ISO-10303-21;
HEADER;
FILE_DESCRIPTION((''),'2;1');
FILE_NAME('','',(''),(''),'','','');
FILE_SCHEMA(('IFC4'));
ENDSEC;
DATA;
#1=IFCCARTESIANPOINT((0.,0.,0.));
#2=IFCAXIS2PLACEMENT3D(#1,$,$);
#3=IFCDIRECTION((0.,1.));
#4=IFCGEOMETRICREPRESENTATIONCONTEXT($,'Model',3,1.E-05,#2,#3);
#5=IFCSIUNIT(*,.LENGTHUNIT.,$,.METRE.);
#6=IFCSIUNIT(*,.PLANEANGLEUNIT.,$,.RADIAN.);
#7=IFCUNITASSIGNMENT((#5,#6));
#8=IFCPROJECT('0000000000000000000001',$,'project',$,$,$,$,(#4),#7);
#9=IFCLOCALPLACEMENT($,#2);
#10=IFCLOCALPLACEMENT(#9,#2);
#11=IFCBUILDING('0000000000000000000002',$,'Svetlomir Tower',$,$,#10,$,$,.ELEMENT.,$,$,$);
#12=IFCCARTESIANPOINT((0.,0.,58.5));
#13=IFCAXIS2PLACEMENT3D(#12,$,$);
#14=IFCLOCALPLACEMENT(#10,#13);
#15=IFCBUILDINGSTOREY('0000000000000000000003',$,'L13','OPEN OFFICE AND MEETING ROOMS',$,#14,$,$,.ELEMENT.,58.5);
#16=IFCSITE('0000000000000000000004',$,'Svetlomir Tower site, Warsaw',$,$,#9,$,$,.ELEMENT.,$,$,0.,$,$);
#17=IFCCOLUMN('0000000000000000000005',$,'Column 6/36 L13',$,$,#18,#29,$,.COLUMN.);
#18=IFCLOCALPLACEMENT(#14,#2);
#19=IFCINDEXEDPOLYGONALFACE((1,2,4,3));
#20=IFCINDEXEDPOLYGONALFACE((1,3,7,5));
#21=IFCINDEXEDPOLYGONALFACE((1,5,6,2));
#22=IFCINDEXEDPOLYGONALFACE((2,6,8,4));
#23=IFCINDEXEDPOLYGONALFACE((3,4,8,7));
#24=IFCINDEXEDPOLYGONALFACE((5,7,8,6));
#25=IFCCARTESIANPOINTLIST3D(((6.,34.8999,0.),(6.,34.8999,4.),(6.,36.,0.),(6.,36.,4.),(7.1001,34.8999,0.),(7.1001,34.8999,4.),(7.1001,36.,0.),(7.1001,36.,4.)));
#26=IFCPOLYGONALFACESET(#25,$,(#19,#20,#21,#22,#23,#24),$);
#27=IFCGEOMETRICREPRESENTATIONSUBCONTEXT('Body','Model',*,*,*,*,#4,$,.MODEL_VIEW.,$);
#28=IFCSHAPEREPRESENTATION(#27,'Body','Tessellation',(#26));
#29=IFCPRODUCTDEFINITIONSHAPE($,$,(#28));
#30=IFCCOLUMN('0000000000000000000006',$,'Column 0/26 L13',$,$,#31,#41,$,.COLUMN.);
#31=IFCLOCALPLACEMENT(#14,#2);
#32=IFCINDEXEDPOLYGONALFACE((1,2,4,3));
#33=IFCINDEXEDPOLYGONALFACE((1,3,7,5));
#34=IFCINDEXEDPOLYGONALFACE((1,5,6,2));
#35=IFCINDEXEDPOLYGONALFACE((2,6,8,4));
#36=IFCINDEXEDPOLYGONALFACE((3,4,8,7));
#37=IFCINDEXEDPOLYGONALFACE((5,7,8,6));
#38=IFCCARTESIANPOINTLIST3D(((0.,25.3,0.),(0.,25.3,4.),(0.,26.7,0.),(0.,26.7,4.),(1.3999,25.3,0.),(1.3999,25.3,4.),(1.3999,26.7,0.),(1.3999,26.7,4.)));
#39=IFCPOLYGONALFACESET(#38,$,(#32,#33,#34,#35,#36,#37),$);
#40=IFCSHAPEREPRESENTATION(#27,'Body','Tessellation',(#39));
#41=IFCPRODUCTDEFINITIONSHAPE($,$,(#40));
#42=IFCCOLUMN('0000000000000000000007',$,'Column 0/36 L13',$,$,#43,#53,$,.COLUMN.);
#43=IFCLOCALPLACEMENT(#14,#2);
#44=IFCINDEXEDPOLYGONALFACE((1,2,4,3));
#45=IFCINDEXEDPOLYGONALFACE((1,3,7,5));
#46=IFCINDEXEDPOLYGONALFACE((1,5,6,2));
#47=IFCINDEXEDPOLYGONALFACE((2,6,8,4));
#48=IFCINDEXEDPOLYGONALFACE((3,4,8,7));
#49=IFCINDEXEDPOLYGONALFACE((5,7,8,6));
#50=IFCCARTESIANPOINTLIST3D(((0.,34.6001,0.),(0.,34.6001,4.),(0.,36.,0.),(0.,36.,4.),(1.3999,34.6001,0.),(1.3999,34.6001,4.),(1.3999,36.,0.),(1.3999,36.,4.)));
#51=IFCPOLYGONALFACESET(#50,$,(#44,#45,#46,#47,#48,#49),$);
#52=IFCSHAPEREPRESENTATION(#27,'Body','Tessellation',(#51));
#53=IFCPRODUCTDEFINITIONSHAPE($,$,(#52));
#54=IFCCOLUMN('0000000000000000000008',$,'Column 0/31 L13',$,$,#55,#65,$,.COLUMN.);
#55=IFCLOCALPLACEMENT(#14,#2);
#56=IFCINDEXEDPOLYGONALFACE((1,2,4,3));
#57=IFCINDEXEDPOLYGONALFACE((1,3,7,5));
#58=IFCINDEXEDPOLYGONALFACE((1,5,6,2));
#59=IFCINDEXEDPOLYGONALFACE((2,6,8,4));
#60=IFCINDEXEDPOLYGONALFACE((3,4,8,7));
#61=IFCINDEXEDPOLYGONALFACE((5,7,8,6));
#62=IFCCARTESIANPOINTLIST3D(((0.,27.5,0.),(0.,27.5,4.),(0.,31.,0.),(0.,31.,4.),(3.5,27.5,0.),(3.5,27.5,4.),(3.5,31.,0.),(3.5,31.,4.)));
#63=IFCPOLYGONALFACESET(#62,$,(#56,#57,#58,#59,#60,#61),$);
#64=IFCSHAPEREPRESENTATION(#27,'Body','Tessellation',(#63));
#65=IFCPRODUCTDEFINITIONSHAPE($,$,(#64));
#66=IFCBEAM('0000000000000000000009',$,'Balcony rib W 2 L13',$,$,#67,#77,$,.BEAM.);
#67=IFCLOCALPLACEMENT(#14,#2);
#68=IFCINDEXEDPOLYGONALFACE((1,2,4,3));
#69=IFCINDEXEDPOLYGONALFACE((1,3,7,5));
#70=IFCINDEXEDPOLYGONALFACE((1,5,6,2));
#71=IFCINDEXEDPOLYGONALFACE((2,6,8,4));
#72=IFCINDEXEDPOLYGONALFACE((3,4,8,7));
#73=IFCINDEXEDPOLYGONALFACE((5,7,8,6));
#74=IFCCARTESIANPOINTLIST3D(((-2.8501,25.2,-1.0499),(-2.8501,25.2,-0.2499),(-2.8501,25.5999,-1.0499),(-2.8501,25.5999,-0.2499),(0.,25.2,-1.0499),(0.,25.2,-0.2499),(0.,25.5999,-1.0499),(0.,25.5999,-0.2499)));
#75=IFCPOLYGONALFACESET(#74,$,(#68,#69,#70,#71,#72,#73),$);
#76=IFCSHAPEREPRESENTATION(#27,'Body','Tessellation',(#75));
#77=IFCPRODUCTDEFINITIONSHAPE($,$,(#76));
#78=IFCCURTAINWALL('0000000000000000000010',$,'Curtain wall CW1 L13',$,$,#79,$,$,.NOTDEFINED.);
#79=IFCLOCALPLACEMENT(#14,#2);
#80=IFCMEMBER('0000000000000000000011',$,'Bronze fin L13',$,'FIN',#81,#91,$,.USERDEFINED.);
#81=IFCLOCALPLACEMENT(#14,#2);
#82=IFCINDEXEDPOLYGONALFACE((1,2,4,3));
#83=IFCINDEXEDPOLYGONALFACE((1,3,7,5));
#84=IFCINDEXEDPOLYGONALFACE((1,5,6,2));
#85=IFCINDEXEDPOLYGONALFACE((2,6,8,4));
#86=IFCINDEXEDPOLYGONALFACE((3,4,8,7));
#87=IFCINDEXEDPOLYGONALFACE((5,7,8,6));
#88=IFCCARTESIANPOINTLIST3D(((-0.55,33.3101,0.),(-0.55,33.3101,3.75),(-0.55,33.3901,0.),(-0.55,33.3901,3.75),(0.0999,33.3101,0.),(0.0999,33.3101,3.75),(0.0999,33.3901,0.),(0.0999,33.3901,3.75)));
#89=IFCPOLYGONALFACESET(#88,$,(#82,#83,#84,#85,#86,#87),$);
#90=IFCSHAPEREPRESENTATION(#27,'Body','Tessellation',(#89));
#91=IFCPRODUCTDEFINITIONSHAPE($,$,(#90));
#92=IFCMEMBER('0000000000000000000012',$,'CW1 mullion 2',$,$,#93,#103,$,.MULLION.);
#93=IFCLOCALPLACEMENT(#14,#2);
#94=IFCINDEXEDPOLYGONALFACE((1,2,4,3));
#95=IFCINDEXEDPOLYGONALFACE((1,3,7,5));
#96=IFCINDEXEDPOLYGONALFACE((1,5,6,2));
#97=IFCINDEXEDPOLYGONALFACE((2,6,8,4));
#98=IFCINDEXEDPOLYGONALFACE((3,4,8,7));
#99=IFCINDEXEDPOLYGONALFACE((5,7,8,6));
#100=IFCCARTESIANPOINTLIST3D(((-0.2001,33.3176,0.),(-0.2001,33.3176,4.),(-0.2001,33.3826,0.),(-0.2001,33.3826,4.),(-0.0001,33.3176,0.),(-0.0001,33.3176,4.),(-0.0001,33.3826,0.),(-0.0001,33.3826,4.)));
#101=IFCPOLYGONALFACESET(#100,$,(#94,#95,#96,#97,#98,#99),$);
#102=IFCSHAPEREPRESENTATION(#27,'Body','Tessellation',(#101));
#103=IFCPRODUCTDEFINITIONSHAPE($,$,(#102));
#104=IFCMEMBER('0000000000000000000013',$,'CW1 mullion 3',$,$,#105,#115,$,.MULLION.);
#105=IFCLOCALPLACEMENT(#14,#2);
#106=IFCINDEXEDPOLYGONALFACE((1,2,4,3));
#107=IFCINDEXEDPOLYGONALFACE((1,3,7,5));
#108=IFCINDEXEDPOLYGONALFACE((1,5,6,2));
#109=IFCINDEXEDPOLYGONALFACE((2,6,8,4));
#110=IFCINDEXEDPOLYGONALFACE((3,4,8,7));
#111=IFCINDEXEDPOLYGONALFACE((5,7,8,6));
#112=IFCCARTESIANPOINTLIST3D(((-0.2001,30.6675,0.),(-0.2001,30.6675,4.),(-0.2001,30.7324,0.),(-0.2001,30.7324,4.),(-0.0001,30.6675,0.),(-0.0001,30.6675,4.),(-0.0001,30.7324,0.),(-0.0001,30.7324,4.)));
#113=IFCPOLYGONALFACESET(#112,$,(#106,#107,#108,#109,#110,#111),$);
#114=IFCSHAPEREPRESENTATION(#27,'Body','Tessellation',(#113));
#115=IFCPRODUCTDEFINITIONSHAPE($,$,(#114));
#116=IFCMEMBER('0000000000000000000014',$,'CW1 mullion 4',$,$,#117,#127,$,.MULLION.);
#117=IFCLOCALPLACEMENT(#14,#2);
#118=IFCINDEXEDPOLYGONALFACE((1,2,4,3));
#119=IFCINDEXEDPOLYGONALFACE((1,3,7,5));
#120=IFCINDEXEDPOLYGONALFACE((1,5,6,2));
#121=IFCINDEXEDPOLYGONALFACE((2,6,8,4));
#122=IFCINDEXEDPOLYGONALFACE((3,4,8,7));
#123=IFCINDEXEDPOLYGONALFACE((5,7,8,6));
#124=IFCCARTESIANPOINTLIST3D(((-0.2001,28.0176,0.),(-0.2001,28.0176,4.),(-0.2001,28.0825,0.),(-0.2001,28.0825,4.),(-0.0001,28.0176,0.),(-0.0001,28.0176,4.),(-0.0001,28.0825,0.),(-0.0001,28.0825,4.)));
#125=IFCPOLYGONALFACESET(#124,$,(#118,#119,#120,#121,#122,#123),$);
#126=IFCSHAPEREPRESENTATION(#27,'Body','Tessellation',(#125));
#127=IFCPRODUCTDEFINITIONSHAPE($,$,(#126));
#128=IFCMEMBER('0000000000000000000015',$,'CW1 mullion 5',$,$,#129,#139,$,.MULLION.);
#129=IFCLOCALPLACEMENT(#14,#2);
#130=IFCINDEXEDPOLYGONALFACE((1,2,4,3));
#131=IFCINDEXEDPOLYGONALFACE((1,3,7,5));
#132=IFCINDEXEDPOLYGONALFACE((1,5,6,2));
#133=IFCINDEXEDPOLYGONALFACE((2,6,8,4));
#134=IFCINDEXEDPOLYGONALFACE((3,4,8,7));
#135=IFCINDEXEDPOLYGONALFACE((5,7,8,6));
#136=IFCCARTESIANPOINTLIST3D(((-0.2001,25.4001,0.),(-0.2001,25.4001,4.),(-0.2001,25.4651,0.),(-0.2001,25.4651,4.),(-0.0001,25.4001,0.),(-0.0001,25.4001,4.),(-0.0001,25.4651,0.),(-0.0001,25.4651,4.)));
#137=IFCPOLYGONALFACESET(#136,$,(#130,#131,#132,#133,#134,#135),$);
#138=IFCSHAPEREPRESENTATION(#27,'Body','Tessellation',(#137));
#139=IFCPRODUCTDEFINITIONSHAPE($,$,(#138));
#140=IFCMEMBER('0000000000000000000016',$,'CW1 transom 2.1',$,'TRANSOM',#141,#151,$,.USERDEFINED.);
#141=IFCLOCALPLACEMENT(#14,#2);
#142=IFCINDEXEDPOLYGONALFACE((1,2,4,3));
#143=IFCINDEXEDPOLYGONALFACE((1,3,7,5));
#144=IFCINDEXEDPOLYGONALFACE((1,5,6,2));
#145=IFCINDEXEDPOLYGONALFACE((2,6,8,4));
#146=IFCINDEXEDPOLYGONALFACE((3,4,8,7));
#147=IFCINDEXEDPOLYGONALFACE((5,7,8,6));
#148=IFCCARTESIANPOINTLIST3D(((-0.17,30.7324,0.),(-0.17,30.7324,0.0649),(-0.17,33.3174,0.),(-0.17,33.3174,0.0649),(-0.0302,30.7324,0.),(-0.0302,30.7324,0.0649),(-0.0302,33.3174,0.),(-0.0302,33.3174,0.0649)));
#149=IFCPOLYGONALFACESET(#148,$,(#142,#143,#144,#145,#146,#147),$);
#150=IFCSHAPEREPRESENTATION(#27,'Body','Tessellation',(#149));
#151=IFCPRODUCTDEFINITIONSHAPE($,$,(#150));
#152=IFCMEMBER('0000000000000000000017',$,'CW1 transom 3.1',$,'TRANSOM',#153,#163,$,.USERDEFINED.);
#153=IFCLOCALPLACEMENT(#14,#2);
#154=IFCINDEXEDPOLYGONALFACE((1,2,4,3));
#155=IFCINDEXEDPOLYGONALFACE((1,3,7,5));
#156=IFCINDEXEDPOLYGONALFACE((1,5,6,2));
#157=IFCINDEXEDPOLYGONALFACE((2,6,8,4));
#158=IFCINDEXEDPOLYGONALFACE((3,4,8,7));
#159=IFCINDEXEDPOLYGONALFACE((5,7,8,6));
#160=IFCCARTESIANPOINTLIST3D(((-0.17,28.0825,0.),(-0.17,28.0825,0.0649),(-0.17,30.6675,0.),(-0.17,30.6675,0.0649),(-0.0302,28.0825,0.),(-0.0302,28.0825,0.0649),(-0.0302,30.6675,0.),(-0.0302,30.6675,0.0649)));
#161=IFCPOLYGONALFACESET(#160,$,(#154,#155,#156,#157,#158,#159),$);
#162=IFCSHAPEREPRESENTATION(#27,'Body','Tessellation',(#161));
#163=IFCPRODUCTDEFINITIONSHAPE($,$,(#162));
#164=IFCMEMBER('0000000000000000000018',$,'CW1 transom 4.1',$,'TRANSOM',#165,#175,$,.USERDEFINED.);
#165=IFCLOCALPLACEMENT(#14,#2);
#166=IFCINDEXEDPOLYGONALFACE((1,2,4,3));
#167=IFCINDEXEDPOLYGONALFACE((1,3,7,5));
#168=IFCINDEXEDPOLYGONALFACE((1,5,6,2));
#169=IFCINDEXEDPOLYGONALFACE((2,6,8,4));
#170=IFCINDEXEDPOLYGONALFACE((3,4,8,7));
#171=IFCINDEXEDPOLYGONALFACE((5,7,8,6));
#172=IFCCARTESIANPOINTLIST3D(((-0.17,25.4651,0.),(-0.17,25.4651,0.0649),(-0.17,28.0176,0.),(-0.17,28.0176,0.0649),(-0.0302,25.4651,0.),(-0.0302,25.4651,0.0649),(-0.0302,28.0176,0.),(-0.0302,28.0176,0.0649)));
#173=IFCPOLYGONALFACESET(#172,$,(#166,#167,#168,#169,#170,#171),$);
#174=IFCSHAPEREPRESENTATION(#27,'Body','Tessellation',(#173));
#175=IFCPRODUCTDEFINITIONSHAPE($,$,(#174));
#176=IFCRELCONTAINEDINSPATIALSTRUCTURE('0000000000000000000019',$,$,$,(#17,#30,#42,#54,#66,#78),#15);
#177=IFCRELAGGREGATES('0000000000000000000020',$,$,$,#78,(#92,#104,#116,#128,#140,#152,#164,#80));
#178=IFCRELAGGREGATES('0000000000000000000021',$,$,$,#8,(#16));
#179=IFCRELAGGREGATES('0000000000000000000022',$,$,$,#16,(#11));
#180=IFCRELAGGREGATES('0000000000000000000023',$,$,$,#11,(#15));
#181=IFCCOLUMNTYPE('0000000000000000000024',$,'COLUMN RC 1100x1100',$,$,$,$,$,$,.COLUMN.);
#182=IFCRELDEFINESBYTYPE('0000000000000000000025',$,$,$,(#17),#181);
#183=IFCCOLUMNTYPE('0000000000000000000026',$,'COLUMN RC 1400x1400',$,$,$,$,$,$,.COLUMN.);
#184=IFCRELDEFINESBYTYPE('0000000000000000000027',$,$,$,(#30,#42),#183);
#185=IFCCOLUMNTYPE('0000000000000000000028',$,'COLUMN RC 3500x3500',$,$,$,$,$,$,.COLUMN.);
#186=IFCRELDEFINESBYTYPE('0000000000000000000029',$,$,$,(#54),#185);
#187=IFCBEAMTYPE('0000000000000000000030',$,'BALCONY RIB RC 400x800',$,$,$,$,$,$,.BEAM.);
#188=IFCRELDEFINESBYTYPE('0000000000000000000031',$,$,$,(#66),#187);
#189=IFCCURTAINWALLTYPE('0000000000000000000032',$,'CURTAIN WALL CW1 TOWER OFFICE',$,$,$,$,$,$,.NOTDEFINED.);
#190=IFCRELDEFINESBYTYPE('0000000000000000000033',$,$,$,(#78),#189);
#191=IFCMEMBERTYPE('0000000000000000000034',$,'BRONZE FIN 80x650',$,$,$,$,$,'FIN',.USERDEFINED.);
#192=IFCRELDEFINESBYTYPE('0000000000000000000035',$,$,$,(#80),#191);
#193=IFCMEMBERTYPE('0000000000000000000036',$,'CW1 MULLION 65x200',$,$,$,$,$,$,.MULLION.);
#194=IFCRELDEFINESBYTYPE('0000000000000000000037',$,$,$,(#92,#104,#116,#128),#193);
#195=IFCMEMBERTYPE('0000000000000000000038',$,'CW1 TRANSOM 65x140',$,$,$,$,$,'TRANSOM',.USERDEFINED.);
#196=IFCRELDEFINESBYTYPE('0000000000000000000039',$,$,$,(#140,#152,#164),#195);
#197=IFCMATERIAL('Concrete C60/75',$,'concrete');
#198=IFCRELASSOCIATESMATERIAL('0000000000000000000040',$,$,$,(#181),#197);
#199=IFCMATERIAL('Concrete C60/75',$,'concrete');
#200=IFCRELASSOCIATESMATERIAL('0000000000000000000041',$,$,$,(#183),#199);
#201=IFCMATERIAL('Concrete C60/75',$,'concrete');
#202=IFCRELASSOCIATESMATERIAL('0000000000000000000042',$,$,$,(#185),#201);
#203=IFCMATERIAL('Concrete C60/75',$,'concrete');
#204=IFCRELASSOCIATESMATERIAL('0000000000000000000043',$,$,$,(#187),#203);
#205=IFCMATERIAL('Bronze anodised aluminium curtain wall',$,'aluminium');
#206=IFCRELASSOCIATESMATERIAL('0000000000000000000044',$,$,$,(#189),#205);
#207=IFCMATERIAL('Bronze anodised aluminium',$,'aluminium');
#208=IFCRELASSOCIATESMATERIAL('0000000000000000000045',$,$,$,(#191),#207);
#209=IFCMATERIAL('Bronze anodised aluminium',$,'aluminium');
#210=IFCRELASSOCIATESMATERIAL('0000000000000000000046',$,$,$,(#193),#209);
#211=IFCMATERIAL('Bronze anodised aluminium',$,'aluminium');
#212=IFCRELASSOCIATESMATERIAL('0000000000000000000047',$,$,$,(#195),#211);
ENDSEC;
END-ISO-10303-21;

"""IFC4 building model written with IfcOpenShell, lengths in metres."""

from ifc_helpers import new_model, si_unit, direction, frame, origin, origin_2d, place, context, subcontext, project, spatial, rectangle, extrude, material, material_profile, profile_set, type_object, element, aggregate, save


model = new_model("IFC4")

# Units and contexts
model_context = context("Model", 3, precision=1e-05, world=origin(), true_north=direction((0.0, 1.0)))
body_context = subcontext(model_context, "Body", "Model", "MODEL_VIEW")
ifc_project = project(units=[si_unit("LENGTHUNIT", "METRE"), si_unit("PLANEANGLEUNIT", "RADIAN")], contexts=[model_context])

# Site, building, storey
site_placement = place(None, origin())
site = spatial("IfcSite", under=ifc_project, at=site_placement, Name="Svetlomir Tower site, Warsaw", CompositionType="ELEMENT", RefElevation=0.0)
building_placement = place(site_placement, origin())
building = spatial("IfcBuilding", under=site, at=building_placement, Name="Svetlomir Tower", CompositionType="ELEMENT")
storey_placement = place(building_placement, frame((0.0, 0.0, 58.5)))
storey = spatial("IfcBuildingStorey", under=building, at=storey_placement, Name="L13", Description="OPEN OFFICE AND MEETING ROOMS", CompositionType="ELEMENT", Elevation=58.5)

# Columns
ifc_material_1 = material(Name="Concrete C60/75", Category="concrete")
ifc_material_profile_1 = material_profile(ifc_material_1, rectangle(XDim=1.1001, YDim=1.1001, at=origin_2d()), Name="RC 1100x1100")
ifc_profile_set_1 = profile_set([ifc_material_profile_1], Name="Concrete C60/75")
column_type_1 = type_object("IfcColumnType", Name="COLUMN RC 1100x1100", PredefinedType="COLUMN", material=ifc_profile_set_1)
column_1_placement = place(storey_placement, frame((6.55, 35.45, 0.0), z_axis=(0.0, 0.0, 1.0), x_axis=(1.0, 0.0, 0.0)))
element("IfcColumn", 1, at=column_1_placement, inside=storey, type_object=column_type_1, Name="Column 6/36 L13", PredefinedType="COLUMN", context=body_context, shape_type="SweptSolid", body=[
    extrude(rectangle(XDim=1.1001, YDim=1.1001, at=origin_2d()), origin(), (0.0, 0.0, 1.0), 4.0),
])
ifc_material_2 = material(Name="Concrete C60/75", Category="concrete")
ifc_material_profile_2 = material_profile(ifc_material_2, rectangle(XDim=1.3999, YDim=1.3999, at=origin_2d()), Name="RC 1400x1400")
ifc_profile_set_2 = profile_set([ifc_material_profile_2], Name="Concrete C60/75")
column_type_2 = type_object("IfcColumnType", Name="COLUMN RC 1400x1400", PredefinedType="COLUMN", material=ifc_profile_set_2)
for number, where, z_axis, x_axis, name in (
    (2, (0.7, 26.0, 0.0), (0.0, 0.0, 1.0), (1.0, 0.0, 0.0), "Column 0/26 L13"),
    (3, (0.7, 35.3, 0.0), (0.0, 0.0, 1.0), (1.0, 0.0, 0.0), "Column 0/36 L13"),
):
    element("IfcColumn", number, at=place(storey_placement, frame(where, z_axis=z_axis, x_axis=x_axis)), inside=storey, type_object=column_type_2, Name=name, PredefinedType="COLUMN", context=body_context, shape_type="SweptSolid", body=[
        extrude(rectangle(XDim=1.3999, YDim=1.3999, at=origin_2d()), origin(), (0.0, 0.0, 1.0), 4.0),
    ])
ifc_material_3 = material(Name="Concrete C60/75", Category="concrete")
ifc_material_profile_3 = material_profile(ifc_material_3, rectangle(XDim=3.5, YDim=3.5, at=origin_2d()), Name="RC 3500x3500")
ifc_profile_set_3 = profile_set([ifc_material_profile_3], Name="Concrete C60/75")
column_type_3 = type_object("IfcColumnType", Name="COLUMN RC 3500x3500", PredefinedType="COLUMN", material=ifc_profile_set_3)
column_2_placement = place(storey_placement, frame((1.75, 29.25, 0.0), z_axis=(0.0, 0.0, 1.0), x_axis=(1.0, 0.0, 0.0)))
element("IfcColumn", 4, at=column_2_placement, inside=storey, type_object=column_type_3, Name="Column 0/31 L13", PredefinedType="COLUMN", context=body_context, shape_type="SweptSolid", body=[
    extrude(rectangle(XDim=3.5, YDim=3.5, at=origin_2d()), origin(), (0.0, 0.0, 1.0), 4.0),
])

# Beam
ifc_material_4 = material(Name="Concrete C60/75", Category="concrete")
ifc_material_profile_4 = material_profile(ifc_material_4, rectangle(XDim=0.3999, YDim=0.8, at=origin_2d()), Name="RC 400x800")
ifc_profile_set_4 = profile_set([ifc_material_profile_4], Name="Concrete C60/75")
beam_type_1 = type_object("IfcBeamType", Name="BALCONY RIB RC 400x800", PredefinedType="BEAM", material=ifc_profile_set_4)
beam_1_placement = place(storey_placement, frame((0.0, 25.3999, -0.6499), z_axis=(-1.0, 0.0, 0.0), x_axis=(0.0, -1.0, 0.0)))
element("IfcBeam", 5, at=beam_1_placement, inside=storey, type_object=beam_type_1, Name="Balcony rib W 2 L13", PredefinedType="BEAM", context=body_context, shape_type="SweptSolid", body=[
    extrude(rectangle(XDim=0.3999, YDim=0.8, at=origin_2d()), origin(), (0.0, 0.0, 1.0), 2.8501),
])

# Curtain wall, members
ifc_material_5 = material(Name="Bronze anodised aluminium curtain wall", Category="aluminium")
curtain_wall_type = type_object("IfcCurtainWallType", Name="CURTAIN WALL CW1 TOWER OFFICE", PredefinedType="NOTDEFINED", material=ifc_material_5)
curtain_wall_placement = place(storey_placement, origin())
curtain_wall = element("IfcCurtainWall", 6, at=curtain_wall_placement, inside=storey, type_object=curtain_wall_type, Name="Curtain wall CW1 L13", PredefinedType="NOTDEFINED")
ifc_material_6 = material(Name="Bronze anodised aluminium", Category="aluminium")
ifc_material_profile_5 = material_profile(ifc_material_6, rectangle(XDim=0.0801, YDim=0.6499, at=origin_2d()), Name="FIN 80x650")
ifc_profile_set_5 = profile_set([ifc_material_profile_5], Name="Bronze anodised aluminium 6063-T6")
member_type_1 = type_object("IfcMemberType", Name="BRONZE FIN 80x650", ElementType="FIN", PredefinedType="USERDEFINED", material=ifc_profile_set_5)
member_1_placement = place(storey_placement, frame((-0.2251, 33.3501, 0.0), z_axis=(0.0, 0.0, 1.0), x_axis=(0.0, 1.0, 0.0)))
member_1 = element("IfcMember", 7, at=member_1_placement, type_object=member_type_1, Name="Bronze fin L13", ObjectType="FIN", PredefinedType="USERDEFINED", context=body_context, shape_type="SweptSolid", body=[
    extrude(rectangle(XDim=0.0801, YDim=0.6499, at=origin_2d()), origin(), (0.0, 0.0, 1.0), 3.75),
])
ifc_material_7 = material(Name="Bronze anodised aluminium", Category="aluminium")
ifc_material_profile_6 = material_profile(ifc_material_7, rectangle(XDim=0.0649, YDim=0.2, at=origin_2d()), Name="AL 65x200")
ifc_profile_set_6 = profile_set([ifc_material_profile_6], Name="Bronze anodised aluminium 6063-T6")
member_type_2 = type_object("IfcMemberType", Name="CW1 MULLION 65x200", PredefinedType="MULLION", material=ifc_profile_set_6)
member_2_placement = place(storey_placement, frame((-0.1001, 33.3501, 0.0), z_axis=(0.0, 0.0, 1.0), x_axis=(0.0, -1.0, 0.0)))
member_2 = element("IfcMember", 8, at=member_2_placement, type_object=member_type_2, Name="CW1 mullion 2", PredefinedType="MULLION", context=body_context, shape_type="SweptSolid", body=[
    extrude(rectangle(XDim=0.0649, YDim=0.2, at=origin_2d()), origin(), (0.0, 0.0, 1.0), 4.0),
])
member_3_placement = place(storey_placement, frame((-0.1001, 30.7, 0.0), z_axis=(0.0, 0.0, 1.0), x_axis=(0.0, -1.0, 0.0)))
member_3 = element("IfcMember", 9, at=member_3_placement, type_object=member_type_2, Name="CW1 mullion 3", PredefinedType="MULLION", context=body_context, shape_type="SweptSolid", body=[
    extrude(rectangle(XDim=0.0649, YDim=0.2, at=origin_2d()), origin(), (0.0, 0.0, 1.0), 4.0),
])
member_4_placement = place(storey_placement, frame((-0.1001, 28.05, 0.0), z_axis=(0.0, 0.0, 1.0), x_axis=(0.0, -1.0, 0.0)))
member_4 = element("IfcMember", 10, at=member_4_placement, type_object=member_type_2, Name="CW1 mullion 4", PredefinedType="MULLION", context=body_context, shape_type="SweptSolid", body=[
    extrude(rectangle(XDim=0.0649, YDim=0.2, at=origin_2d()), origin(), (0.0, 0.0, 1.0), 4.0),
])
member_5_placement = place(storey_placement, frame((-0.1001, 25.4326, 0.0), z_axis=(0.0, 0.0, 1.0), x_axis=(0.0, -1.0, 0.0)))
member_5 = element("IfcMember", 11, at=member_5_placement, type_object=member_type_2, Name="CW1 mullion 5", PredefinedType="MULLION", context=body_context, shape_type="SweptSolid", body=[
    extrude(rectangle(XDim=0.0649, YDim=0.2, at=origin_2d()), origin(), (0.0, 0.0, 1.0), 4.0),
])
ifc_material_8 = material(Name="Bronze anodised aluminium", Category="aluminium")
ifc_material_profile_7 = material_profile(ifc_material_8, rectangle(XDim=0.1399, YDim=0.0649, at=origin_2d()), Name="AL 140x65")
ifc_profile_set_7 = profile_set([ifc_material_profile_7], Name="Bronze anodised aluminium 6063-T6")
member_type_3 = type_object("IfcMemberType", Name="CW1 TRANSOM 65x140", ElementType="TRANSOM", PredefinedType="USERDEFINED", material=ifc_profile_set_7)
member_6_placement = place(storey_placement, frame((-0.1001, 33.3174, 0.0325), z_axis=(0.0, -1.0, 0.0), x_axis=(1.0, 0.0, 0.0)))
member_6 = element("IfcMember", 12, at=member_6_placement, type_object=member_type_3, Name="CW1 transom 2.1", ObjectType="TRANSOM", PredefinedType="USERDEFINED", context=body_context, shape_type="SweptSolid", body=[
    extrude(rectangle(XDim=0.1399, YDim=0.0649, at=origin_2d()), origin(), (0.0, 0.0, 1.0), 2.585),
])
member_7_placement = place(storey_placement, frame((-0.1001, 30.6675, 0.0325), z_axis=(0.0, -1.0, 0.0), x_axis=(1.0, 0.0, 0.0)))
member_7 = element("IfcMember", 13, at=member_7_placement, type_object=member_type_3, Name="CW1 transom 3.1", ObjectType="TRANSOM", PredefinedType="USERDEFINED", context=body_context, shape_type="SweptSolid", body=[
    extrude(rectangle(XDim=0.1399, YDim=0.0649, at=origin_2d()), origin(), (0.0, 0.0, 1.0), 2.585),
])
member_8_placement = place(storey_placement, frame((-0.1001, 28.0176, 0.0325), z_axis=(0.0, -1.0, 0.0), x_axis=(1.0, 0.0, 0.0)))
member_8 = element("IfcMember", 14, at=member_8_placement, type_object=member_type_3, Name="CW1 transom 4.1", ObjectType="TRANSOM", PredefinedType="USERDEFINED", context=body_context, shape_type="SweptSolid", body=[
    extrude(rectangle(XDim=0.1399, YDim=0.0649, at=origin_2d()), origin(), (0.0, 0.0, 1.0), 2.5525),
])

aggregate(curtain_wall, [member_2, member_3, member_4, member_5, member_6, member_7, member_8, member_1])

save(model, "model.ifc")
